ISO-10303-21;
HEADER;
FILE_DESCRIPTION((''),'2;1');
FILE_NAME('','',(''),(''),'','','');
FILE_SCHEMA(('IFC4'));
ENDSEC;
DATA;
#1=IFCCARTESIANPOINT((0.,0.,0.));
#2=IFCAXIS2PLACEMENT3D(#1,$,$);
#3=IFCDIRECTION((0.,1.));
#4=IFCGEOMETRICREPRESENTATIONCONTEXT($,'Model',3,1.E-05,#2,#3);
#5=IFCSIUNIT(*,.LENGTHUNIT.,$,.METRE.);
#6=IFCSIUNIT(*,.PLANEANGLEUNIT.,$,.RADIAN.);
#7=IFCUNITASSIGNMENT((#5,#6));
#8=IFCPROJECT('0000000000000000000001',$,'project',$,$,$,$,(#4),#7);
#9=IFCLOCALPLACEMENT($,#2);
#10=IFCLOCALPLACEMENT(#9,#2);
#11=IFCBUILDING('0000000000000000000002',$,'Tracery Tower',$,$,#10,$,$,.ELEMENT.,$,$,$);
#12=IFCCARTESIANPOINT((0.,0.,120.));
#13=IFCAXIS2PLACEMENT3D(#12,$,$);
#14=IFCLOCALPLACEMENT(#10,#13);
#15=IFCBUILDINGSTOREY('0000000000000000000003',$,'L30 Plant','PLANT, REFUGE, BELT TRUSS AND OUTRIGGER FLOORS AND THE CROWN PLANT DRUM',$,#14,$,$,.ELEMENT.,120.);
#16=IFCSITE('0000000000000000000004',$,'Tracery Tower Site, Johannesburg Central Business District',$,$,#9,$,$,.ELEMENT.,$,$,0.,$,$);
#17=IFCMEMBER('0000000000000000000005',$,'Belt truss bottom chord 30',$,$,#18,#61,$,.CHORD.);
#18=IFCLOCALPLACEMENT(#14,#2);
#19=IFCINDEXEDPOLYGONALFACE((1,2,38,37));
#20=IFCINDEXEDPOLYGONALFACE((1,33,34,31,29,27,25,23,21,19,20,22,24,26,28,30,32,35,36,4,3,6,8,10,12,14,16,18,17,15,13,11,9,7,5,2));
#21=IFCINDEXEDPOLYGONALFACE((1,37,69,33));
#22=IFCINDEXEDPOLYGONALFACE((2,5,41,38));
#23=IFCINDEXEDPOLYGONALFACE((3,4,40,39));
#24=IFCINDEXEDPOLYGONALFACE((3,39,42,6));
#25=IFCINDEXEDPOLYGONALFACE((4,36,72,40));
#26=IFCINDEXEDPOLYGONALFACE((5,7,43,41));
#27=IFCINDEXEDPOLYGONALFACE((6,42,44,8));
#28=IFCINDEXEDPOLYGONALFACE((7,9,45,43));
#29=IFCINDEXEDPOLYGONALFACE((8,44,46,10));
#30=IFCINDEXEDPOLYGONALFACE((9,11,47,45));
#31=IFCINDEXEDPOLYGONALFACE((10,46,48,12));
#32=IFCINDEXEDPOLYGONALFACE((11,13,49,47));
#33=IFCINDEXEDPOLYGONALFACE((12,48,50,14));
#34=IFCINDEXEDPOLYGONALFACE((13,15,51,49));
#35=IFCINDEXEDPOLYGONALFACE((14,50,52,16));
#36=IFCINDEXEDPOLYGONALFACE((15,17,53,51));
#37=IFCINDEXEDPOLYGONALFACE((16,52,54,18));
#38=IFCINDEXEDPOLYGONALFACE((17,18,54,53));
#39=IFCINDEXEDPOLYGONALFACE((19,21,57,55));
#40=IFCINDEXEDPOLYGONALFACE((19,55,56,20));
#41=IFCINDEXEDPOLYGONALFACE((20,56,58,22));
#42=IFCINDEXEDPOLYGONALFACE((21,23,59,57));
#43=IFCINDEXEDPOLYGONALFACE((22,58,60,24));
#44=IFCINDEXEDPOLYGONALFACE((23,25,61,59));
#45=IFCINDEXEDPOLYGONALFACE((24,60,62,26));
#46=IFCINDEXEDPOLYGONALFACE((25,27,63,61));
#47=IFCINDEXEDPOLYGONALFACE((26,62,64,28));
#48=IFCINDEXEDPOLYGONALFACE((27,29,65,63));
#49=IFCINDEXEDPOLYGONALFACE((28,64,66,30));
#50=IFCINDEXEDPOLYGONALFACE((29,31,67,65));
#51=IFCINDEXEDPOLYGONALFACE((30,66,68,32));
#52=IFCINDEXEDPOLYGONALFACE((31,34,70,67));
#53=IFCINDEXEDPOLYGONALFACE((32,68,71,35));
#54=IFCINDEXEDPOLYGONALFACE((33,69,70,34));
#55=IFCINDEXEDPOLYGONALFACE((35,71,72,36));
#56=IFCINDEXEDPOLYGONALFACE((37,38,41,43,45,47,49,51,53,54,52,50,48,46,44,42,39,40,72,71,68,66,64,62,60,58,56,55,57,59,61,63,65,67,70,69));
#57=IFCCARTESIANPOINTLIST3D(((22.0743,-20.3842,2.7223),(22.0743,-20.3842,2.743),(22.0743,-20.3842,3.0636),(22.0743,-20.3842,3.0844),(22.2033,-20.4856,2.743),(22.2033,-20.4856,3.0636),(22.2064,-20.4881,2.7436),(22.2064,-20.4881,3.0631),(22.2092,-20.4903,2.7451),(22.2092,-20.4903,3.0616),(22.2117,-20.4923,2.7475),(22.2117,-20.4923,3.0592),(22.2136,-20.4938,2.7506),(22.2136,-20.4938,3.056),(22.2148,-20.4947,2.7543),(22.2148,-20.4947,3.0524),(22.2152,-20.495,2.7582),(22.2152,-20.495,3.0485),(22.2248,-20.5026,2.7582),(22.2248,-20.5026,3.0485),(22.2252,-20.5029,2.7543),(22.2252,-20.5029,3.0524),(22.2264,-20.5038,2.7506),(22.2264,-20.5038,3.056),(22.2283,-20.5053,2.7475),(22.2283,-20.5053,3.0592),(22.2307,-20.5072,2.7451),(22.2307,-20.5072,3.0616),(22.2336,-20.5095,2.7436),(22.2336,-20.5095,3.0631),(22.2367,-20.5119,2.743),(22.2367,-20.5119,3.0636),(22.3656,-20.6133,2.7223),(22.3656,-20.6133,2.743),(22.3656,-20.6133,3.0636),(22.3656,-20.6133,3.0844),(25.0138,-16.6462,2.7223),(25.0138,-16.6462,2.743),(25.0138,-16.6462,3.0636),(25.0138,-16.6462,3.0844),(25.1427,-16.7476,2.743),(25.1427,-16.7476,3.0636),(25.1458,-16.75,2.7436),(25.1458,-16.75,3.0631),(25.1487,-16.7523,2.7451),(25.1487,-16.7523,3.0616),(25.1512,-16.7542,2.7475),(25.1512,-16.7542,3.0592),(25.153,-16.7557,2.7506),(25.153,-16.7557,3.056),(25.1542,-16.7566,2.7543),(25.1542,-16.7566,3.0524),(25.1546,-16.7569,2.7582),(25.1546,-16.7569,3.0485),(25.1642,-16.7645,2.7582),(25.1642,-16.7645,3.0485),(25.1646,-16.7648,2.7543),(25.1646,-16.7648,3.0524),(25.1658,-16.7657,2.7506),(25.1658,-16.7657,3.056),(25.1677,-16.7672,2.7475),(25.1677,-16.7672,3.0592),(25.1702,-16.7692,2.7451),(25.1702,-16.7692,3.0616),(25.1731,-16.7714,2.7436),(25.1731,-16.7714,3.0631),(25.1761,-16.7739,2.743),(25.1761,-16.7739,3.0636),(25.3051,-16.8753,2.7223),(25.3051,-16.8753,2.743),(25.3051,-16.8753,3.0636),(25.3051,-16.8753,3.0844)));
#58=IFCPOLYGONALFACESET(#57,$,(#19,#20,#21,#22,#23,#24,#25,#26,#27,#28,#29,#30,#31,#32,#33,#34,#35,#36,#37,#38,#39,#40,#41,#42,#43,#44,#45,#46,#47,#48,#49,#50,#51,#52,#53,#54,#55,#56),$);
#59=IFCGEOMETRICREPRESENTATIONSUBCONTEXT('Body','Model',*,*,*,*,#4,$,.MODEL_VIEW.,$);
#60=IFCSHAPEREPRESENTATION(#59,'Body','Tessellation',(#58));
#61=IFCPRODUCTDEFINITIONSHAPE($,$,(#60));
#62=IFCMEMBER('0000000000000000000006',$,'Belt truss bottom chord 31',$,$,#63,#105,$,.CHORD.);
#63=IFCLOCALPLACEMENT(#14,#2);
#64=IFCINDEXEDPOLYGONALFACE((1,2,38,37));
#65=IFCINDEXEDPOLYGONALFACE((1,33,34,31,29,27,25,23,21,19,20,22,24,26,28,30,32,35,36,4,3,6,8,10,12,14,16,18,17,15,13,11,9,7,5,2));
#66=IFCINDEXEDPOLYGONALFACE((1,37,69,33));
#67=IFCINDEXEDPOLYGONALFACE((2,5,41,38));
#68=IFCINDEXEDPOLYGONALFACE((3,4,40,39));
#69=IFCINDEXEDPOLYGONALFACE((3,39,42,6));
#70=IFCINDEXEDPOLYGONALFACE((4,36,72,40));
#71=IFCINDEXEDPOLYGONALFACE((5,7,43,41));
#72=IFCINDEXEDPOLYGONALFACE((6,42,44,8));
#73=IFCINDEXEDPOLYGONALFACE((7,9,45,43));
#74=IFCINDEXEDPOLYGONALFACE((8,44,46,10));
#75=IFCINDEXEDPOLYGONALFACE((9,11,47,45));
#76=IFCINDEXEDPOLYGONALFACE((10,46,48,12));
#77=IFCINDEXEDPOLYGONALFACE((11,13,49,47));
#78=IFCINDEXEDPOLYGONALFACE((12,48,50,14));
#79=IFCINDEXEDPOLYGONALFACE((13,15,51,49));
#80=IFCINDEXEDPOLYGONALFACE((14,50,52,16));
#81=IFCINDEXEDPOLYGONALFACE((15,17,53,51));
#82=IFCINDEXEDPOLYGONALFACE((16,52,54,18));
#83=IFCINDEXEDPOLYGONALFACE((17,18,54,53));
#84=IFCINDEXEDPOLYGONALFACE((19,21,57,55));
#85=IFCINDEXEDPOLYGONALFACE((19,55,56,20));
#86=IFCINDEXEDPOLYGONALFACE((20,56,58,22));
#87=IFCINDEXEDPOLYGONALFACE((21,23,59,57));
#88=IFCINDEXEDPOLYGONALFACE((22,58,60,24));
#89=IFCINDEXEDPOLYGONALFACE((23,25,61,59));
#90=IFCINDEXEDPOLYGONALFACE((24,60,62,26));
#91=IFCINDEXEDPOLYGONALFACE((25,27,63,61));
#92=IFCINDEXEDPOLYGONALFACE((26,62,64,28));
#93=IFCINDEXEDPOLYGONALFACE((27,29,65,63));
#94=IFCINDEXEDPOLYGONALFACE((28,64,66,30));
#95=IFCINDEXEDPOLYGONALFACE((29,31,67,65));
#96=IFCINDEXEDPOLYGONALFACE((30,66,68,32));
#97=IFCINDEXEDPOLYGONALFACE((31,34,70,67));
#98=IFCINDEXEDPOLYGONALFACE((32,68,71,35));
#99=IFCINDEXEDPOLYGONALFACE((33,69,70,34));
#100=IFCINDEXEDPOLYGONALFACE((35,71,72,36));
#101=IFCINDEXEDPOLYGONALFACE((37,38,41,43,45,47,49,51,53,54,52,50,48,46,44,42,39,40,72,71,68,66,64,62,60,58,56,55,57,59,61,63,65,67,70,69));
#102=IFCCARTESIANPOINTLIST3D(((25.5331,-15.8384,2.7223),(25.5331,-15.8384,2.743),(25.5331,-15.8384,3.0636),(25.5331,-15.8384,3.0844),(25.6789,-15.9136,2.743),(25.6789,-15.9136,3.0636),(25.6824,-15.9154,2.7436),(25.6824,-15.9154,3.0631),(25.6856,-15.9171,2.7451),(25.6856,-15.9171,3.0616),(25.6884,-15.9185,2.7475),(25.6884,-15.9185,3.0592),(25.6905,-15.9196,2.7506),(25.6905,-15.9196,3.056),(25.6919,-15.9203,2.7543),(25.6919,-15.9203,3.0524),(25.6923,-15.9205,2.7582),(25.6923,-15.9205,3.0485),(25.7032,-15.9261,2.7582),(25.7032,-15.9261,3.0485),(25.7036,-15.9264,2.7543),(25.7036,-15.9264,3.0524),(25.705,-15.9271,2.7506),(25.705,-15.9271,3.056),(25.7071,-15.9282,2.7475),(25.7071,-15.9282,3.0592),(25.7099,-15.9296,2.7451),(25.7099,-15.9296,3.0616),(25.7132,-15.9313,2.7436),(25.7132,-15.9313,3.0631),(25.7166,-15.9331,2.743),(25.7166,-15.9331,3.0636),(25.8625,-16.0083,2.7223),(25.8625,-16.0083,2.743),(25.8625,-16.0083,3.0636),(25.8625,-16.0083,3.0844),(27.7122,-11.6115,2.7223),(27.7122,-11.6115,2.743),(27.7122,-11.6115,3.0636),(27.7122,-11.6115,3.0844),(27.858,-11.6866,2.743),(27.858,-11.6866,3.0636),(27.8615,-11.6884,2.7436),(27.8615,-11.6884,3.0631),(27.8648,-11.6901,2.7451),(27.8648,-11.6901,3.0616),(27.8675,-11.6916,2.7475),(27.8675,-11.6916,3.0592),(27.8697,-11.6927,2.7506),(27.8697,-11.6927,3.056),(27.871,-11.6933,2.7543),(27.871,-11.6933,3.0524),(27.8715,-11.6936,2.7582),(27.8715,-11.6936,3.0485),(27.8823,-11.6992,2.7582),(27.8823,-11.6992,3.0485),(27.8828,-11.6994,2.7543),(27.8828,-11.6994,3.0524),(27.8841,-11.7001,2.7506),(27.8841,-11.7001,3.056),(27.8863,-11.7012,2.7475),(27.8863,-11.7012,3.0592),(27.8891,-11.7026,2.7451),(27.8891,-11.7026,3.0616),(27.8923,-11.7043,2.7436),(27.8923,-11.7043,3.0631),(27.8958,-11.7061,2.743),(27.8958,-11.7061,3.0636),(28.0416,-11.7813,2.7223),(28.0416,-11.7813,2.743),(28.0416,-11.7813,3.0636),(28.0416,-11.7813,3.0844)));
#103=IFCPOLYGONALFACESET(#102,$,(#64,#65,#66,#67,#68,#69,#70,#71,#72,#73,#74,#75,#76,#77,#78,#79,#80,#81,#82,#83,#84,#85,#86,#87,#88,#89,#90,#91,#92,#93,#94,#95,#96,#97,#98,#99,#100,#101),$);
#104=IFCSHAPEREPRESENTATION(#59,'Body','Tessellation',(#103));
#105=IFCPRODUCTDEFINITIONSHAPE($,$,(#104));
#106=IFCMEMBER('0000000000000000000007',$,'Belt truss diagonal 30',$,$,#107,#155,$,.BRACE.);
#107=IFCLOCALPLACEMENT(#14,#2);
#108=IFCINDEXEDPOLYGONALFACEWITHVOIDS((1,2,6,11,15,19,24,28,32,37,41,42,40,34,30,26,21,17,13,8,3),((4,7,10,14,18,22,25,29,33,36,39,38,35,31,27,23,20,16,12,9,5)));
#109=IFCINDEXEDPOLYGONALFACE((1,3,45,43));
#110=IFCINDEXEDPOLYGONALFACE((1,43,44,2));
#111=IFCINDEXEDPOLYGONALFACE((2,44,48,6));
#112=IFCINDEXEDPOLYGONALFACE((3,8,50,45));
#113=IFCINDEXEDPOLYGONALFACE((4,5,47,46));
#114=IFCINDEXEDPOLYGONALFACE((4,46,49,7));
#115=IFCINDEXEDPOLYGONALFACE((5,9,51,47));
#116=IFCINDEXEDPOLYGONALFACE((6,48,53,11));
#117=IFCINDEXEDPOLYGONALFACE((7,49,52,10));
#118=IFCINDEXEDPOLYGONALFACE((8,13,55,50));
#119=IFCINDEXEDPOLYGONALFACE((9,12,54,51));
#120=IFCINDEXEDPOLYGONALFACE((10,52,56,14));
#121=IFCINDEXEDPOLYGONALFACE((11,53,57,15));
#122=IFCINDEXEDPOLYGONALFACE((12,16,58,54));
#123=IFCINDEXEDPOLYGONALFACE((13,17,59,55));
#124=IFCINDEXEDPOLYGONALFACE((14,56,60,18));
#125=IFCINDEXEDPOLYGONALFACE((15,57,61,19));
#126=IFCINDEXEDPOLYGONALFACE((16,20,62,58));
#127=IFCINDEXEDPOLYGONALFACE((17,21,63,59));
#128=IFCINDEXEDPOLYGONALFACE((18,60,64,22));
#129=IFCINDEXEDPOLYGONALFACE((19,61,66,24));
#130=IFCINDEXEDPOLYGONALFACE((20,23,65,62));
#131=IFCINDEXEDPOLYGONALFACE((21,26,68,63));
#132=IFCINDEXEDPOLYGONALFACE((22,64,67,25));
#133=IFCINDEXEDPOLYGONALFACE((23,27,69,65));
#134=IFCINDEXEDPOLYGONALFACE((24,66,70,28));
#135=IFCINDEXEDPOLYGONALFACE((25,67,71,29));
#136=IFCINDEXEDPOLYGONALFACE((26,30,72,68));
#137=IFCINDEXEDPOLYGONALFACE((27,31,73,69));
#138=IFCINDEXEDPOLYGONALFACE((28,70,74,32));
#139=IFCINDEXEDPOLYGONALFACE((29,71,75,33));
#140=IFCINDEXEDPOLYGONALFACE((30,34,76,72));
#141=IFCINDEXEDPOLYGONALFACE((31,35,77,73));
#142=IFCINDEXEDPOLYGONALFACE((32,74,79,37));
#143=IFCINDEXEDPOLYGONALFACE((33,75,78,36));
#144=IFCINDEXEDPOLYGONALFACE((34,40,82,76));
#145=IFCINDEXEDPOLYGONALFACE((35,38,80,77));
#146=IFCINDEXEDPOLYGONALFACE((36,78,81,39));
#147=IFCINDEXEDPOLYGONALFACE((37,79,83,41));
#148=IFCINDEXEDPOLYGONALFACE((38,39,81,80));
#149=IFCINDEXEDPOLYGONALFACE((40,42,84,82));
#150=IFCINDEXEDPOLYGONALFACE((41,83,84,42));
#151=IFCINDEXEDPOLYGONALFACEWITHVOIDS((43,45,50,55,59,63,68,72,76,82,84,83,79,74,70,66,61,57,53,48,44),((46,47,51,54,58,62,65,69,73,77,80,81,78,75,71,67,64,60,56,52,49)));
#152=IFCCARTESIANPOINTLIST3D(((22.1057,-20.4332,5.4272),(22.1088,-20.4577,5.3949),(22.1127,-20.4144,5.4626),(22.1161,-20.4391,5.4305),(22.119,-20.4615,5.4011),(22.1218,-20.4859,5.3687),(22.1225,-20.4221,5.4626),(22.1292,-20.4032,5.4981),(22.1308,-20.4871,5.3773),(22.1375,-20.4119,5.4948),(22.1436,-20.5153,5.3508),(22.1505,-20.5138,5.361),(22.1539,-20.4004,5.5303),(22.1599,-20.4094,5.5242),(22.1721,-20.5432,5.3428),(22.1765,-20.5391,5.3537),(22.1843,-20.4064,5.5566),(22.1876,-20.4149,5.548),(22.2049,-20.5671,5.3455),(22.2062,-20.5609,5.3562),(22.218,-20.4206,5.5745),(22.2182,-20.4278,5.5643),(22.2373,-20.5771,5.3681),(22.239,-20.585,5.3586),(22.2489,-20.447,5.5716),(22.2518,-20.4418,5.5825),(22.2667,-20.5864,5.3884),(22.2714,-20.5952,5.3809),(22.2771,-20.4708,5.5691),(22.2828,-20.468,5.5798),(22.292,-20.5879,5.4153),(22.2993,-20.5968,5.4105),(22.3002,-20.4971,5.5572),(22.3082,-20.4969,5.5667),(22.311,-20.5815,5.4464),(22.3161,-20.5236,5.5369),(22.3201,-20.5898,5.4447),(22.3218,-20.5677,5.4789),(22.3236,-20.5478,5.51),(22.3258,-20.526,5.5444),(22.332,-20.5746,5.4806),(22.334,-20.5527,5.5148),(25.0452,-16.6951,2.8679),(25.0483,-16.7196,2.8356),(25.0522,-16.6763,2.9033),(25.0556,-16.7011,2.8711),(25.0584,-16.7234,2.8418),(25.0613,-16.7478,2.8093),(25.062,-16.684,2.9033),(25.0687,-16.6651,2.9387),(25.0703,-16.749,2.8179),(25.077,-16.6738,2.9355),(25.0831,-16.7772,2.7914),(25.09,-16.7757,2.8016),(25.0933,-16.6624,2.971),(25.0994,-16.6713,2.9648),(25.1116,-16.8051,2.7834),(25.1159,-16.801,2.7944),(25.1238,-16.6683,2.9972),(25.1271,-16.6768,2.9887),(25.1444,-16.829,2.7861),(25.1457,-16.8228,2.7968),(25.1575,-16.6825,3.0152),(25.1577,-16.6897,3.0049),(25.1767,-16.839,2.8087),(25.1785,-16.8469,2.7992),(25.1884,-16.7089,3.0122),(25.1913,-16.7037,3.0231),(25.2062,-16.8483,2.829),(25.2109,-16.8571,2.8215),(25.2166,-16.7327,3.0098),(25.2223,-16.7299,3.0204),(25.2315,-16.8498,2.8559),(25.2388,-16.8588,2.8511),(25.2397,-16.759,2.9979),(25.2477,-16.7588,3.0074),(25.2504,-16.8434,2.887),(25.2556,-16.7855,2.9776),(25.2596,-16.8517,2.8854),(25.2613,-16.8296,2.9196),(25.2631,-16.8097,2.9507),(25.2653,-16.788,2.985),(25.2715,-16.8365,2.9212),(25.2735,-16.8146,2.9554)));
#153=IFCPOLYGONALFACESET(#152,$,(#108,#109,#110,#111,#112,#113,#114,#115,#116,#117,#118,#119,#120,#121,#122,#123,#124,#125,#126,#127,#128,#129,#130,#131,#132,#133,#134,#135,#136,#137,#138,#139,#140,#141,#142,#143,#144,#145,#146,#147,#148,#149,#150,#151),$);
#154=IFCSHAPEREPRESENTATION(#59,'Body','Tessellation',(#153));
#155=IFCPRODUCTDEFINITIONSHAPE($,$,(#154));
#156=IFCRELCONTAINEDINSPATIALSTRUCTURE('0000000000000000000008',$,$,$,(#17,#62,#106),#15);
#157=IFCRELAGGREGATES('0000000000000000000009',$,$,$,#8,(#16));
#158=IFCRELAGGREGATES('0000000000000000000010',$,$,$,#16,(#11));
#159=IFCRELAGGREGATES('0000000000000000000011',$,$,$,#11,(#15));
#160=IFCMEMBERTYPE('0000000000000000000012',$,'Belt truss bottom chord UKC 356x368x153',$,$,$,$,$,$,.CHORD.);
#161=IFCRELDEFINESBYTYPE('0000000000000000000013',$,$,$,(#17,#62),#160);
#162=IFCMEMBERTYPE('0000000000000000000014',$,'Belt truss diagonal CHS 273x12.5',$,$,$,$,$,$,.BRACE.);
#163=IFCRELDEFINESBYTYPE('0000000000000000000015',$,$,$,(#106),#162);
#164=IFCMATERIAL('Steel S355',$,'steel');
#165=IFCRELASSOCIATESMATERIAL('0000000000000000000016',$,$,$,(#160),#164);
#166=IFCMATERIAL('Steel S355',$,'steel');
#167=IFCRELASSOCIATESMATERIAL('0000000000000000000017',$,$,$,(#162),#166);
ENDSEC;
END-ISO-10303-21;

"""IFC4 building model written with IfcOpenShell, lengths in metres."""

from ifc_helpers import new_model, si_unit, direction, frame, origin, origin_2d, place, context, subcontext, project, spatial, hollow_circle, i_section, extrude, material, material_profile, profile_set, type_object, element, save


model = new_model("IFC4")

# Units and contexts
model_context = context("Model", 3, precision=1e-05, world=origin(), true_north=direction((0.0, 1.0)))
body_context = subcontext(model_context, "Body", "Model", "MODEL_VIEW")
ifc_project = project(units=[si_unit("LENGTHUNIT", "METRE"), si_unit("PLANEANGLEUNIT", "RADIAN")], contexts=[model_context])

# Site, building, storey
site_placement = place(None, origin())
site = spatial("IfcSite", under=ifc_project, at=site_placement, Name="Tracery Tower Site, Johannesburg Central Business District", CompositionType="ELEMENT", RefElevation=0.0)
building_placement = place(site_placement, origin())
building = spatial("IfcBuilding", under=site, at=building_placement, Name="Tracery Tower", CompositionType="ELEMENT")
storey_placement = place(building_placement, frame((0.0, 0.0, 120.0)))
storey = spatial("IfcBuildingStorey", under=building, at=storey_placement, Name="L30 Plant", Description="PLANT, REFUGE, BELT TRUSS AND OUTRIGGER FLOORS AND THE CROWN PLANT DRUM", CompositionType="ELEMENT", Elevation=120.0)

# Members
ifc_material_1 = material(Name="Steel S355", Category="steel")
ifc_material_profile_1 = material_profile(ifc_material_1, i_section(OverallWidth=0.3706, OverallDepth=0.3621, WebThickness=0.0122, FlangeThickness=0.0208, FilletRadius=0.0151, at=origin_2d()), Name="UKC 356x368x153")
ifc_profile_set_1 = profile_set([ifc_material_profile_1], Name="Steel S355")
member_type_1 = type_object("IfcMemberType", Name="Belt truss bottom chord UKC 356x368x153", PredefinedType="CHORD", material=ifc_profile_set_1)
member_1_placement = place(storey_placement, frame((22.22, -20.4988, 2.9033), z_axis=(0.618137, 0.786071, 0.0), x_axis=(-0.786071, 0.618137, 0.0)))
element("IfcMember", 1, at=member_1_placement, inside=storey, type_object=member_type_1, Name="Belt truss bottom chord 30", PredefinedType="CHORD", context=body_context, shape_type="SweptSolid", body=[
    extrude(i_section(OverallWidth=0.3706, OverallDepth=0.3621, WebThickness=0.0122, FlangeThickness=0.0208, FilletRadius=0.0151, at=origin_2d()), origin(), (0.0, 0.0, 1.0), 4.7554),
])
member_2_placement = place(storey_placement, frame((25.6978, -15.9233, 2.9033), z_axis=(0.458227, 0.888835, 0.0), x_axis=(-0.888835, 0.458227, 0.0)))
element("IfcMember", 2, at=member_2_placement, inside=storey, type_object=member_type_1, Name="Belt truss bottom chord 31", PredefinedType="CHORD", context=body_context, shape_type="SweptSolid", body=[
    extrude(i_section(OverallWidth=0.3706, OverallDepth=0.3621, WebThickness=0.0122, FlangeThickness=0.0208, FilletRadius=0.0151, at=origin_2d()), origin(), (0.0, 0.0, 1.0), 4.7556),
])
ifc_material_2 = material(Name="Steel S355", Category="steel")
ifc_material_profile_2 = material_profile(ifc_material_2, hollow_circle(Radius=0.1365, WallThickness=0.0125, at=origin_2d()), Name="CHS 273x12.5")
ifc_profile_set_2 = profile_set([ifc_material_profile_2], Name="Steel S355")
member_type_2 = type_object("IfcMemberType", Name="Belt truss diagonal CHS 273x12.5", PredefinedType="BRACE", material=ifc_profile_set_2)
member_3_placement = place(storey_placement, frame((22.22, -20.4988, 5.4626), z_axis=(0.544311, 0.692188, -0.473921), x_axis=(-0.786071, 0.618137, 0.0)))
element("IfcMember", 3, at=member_3_placement, inside=storey, type_object=member_type_2, Name="Belt truss diagonal 30", PredefinedType="BRACE", context=body_context, shape_type="SweptSolid", body=[
    extrude(hollow_circle(Radius=0.1365, WallThickness=0.0125, at=origin_2d()), origin(), (0.0, 0.0, 1.0), 5.4004),
])

save(model, "model.ifc")
